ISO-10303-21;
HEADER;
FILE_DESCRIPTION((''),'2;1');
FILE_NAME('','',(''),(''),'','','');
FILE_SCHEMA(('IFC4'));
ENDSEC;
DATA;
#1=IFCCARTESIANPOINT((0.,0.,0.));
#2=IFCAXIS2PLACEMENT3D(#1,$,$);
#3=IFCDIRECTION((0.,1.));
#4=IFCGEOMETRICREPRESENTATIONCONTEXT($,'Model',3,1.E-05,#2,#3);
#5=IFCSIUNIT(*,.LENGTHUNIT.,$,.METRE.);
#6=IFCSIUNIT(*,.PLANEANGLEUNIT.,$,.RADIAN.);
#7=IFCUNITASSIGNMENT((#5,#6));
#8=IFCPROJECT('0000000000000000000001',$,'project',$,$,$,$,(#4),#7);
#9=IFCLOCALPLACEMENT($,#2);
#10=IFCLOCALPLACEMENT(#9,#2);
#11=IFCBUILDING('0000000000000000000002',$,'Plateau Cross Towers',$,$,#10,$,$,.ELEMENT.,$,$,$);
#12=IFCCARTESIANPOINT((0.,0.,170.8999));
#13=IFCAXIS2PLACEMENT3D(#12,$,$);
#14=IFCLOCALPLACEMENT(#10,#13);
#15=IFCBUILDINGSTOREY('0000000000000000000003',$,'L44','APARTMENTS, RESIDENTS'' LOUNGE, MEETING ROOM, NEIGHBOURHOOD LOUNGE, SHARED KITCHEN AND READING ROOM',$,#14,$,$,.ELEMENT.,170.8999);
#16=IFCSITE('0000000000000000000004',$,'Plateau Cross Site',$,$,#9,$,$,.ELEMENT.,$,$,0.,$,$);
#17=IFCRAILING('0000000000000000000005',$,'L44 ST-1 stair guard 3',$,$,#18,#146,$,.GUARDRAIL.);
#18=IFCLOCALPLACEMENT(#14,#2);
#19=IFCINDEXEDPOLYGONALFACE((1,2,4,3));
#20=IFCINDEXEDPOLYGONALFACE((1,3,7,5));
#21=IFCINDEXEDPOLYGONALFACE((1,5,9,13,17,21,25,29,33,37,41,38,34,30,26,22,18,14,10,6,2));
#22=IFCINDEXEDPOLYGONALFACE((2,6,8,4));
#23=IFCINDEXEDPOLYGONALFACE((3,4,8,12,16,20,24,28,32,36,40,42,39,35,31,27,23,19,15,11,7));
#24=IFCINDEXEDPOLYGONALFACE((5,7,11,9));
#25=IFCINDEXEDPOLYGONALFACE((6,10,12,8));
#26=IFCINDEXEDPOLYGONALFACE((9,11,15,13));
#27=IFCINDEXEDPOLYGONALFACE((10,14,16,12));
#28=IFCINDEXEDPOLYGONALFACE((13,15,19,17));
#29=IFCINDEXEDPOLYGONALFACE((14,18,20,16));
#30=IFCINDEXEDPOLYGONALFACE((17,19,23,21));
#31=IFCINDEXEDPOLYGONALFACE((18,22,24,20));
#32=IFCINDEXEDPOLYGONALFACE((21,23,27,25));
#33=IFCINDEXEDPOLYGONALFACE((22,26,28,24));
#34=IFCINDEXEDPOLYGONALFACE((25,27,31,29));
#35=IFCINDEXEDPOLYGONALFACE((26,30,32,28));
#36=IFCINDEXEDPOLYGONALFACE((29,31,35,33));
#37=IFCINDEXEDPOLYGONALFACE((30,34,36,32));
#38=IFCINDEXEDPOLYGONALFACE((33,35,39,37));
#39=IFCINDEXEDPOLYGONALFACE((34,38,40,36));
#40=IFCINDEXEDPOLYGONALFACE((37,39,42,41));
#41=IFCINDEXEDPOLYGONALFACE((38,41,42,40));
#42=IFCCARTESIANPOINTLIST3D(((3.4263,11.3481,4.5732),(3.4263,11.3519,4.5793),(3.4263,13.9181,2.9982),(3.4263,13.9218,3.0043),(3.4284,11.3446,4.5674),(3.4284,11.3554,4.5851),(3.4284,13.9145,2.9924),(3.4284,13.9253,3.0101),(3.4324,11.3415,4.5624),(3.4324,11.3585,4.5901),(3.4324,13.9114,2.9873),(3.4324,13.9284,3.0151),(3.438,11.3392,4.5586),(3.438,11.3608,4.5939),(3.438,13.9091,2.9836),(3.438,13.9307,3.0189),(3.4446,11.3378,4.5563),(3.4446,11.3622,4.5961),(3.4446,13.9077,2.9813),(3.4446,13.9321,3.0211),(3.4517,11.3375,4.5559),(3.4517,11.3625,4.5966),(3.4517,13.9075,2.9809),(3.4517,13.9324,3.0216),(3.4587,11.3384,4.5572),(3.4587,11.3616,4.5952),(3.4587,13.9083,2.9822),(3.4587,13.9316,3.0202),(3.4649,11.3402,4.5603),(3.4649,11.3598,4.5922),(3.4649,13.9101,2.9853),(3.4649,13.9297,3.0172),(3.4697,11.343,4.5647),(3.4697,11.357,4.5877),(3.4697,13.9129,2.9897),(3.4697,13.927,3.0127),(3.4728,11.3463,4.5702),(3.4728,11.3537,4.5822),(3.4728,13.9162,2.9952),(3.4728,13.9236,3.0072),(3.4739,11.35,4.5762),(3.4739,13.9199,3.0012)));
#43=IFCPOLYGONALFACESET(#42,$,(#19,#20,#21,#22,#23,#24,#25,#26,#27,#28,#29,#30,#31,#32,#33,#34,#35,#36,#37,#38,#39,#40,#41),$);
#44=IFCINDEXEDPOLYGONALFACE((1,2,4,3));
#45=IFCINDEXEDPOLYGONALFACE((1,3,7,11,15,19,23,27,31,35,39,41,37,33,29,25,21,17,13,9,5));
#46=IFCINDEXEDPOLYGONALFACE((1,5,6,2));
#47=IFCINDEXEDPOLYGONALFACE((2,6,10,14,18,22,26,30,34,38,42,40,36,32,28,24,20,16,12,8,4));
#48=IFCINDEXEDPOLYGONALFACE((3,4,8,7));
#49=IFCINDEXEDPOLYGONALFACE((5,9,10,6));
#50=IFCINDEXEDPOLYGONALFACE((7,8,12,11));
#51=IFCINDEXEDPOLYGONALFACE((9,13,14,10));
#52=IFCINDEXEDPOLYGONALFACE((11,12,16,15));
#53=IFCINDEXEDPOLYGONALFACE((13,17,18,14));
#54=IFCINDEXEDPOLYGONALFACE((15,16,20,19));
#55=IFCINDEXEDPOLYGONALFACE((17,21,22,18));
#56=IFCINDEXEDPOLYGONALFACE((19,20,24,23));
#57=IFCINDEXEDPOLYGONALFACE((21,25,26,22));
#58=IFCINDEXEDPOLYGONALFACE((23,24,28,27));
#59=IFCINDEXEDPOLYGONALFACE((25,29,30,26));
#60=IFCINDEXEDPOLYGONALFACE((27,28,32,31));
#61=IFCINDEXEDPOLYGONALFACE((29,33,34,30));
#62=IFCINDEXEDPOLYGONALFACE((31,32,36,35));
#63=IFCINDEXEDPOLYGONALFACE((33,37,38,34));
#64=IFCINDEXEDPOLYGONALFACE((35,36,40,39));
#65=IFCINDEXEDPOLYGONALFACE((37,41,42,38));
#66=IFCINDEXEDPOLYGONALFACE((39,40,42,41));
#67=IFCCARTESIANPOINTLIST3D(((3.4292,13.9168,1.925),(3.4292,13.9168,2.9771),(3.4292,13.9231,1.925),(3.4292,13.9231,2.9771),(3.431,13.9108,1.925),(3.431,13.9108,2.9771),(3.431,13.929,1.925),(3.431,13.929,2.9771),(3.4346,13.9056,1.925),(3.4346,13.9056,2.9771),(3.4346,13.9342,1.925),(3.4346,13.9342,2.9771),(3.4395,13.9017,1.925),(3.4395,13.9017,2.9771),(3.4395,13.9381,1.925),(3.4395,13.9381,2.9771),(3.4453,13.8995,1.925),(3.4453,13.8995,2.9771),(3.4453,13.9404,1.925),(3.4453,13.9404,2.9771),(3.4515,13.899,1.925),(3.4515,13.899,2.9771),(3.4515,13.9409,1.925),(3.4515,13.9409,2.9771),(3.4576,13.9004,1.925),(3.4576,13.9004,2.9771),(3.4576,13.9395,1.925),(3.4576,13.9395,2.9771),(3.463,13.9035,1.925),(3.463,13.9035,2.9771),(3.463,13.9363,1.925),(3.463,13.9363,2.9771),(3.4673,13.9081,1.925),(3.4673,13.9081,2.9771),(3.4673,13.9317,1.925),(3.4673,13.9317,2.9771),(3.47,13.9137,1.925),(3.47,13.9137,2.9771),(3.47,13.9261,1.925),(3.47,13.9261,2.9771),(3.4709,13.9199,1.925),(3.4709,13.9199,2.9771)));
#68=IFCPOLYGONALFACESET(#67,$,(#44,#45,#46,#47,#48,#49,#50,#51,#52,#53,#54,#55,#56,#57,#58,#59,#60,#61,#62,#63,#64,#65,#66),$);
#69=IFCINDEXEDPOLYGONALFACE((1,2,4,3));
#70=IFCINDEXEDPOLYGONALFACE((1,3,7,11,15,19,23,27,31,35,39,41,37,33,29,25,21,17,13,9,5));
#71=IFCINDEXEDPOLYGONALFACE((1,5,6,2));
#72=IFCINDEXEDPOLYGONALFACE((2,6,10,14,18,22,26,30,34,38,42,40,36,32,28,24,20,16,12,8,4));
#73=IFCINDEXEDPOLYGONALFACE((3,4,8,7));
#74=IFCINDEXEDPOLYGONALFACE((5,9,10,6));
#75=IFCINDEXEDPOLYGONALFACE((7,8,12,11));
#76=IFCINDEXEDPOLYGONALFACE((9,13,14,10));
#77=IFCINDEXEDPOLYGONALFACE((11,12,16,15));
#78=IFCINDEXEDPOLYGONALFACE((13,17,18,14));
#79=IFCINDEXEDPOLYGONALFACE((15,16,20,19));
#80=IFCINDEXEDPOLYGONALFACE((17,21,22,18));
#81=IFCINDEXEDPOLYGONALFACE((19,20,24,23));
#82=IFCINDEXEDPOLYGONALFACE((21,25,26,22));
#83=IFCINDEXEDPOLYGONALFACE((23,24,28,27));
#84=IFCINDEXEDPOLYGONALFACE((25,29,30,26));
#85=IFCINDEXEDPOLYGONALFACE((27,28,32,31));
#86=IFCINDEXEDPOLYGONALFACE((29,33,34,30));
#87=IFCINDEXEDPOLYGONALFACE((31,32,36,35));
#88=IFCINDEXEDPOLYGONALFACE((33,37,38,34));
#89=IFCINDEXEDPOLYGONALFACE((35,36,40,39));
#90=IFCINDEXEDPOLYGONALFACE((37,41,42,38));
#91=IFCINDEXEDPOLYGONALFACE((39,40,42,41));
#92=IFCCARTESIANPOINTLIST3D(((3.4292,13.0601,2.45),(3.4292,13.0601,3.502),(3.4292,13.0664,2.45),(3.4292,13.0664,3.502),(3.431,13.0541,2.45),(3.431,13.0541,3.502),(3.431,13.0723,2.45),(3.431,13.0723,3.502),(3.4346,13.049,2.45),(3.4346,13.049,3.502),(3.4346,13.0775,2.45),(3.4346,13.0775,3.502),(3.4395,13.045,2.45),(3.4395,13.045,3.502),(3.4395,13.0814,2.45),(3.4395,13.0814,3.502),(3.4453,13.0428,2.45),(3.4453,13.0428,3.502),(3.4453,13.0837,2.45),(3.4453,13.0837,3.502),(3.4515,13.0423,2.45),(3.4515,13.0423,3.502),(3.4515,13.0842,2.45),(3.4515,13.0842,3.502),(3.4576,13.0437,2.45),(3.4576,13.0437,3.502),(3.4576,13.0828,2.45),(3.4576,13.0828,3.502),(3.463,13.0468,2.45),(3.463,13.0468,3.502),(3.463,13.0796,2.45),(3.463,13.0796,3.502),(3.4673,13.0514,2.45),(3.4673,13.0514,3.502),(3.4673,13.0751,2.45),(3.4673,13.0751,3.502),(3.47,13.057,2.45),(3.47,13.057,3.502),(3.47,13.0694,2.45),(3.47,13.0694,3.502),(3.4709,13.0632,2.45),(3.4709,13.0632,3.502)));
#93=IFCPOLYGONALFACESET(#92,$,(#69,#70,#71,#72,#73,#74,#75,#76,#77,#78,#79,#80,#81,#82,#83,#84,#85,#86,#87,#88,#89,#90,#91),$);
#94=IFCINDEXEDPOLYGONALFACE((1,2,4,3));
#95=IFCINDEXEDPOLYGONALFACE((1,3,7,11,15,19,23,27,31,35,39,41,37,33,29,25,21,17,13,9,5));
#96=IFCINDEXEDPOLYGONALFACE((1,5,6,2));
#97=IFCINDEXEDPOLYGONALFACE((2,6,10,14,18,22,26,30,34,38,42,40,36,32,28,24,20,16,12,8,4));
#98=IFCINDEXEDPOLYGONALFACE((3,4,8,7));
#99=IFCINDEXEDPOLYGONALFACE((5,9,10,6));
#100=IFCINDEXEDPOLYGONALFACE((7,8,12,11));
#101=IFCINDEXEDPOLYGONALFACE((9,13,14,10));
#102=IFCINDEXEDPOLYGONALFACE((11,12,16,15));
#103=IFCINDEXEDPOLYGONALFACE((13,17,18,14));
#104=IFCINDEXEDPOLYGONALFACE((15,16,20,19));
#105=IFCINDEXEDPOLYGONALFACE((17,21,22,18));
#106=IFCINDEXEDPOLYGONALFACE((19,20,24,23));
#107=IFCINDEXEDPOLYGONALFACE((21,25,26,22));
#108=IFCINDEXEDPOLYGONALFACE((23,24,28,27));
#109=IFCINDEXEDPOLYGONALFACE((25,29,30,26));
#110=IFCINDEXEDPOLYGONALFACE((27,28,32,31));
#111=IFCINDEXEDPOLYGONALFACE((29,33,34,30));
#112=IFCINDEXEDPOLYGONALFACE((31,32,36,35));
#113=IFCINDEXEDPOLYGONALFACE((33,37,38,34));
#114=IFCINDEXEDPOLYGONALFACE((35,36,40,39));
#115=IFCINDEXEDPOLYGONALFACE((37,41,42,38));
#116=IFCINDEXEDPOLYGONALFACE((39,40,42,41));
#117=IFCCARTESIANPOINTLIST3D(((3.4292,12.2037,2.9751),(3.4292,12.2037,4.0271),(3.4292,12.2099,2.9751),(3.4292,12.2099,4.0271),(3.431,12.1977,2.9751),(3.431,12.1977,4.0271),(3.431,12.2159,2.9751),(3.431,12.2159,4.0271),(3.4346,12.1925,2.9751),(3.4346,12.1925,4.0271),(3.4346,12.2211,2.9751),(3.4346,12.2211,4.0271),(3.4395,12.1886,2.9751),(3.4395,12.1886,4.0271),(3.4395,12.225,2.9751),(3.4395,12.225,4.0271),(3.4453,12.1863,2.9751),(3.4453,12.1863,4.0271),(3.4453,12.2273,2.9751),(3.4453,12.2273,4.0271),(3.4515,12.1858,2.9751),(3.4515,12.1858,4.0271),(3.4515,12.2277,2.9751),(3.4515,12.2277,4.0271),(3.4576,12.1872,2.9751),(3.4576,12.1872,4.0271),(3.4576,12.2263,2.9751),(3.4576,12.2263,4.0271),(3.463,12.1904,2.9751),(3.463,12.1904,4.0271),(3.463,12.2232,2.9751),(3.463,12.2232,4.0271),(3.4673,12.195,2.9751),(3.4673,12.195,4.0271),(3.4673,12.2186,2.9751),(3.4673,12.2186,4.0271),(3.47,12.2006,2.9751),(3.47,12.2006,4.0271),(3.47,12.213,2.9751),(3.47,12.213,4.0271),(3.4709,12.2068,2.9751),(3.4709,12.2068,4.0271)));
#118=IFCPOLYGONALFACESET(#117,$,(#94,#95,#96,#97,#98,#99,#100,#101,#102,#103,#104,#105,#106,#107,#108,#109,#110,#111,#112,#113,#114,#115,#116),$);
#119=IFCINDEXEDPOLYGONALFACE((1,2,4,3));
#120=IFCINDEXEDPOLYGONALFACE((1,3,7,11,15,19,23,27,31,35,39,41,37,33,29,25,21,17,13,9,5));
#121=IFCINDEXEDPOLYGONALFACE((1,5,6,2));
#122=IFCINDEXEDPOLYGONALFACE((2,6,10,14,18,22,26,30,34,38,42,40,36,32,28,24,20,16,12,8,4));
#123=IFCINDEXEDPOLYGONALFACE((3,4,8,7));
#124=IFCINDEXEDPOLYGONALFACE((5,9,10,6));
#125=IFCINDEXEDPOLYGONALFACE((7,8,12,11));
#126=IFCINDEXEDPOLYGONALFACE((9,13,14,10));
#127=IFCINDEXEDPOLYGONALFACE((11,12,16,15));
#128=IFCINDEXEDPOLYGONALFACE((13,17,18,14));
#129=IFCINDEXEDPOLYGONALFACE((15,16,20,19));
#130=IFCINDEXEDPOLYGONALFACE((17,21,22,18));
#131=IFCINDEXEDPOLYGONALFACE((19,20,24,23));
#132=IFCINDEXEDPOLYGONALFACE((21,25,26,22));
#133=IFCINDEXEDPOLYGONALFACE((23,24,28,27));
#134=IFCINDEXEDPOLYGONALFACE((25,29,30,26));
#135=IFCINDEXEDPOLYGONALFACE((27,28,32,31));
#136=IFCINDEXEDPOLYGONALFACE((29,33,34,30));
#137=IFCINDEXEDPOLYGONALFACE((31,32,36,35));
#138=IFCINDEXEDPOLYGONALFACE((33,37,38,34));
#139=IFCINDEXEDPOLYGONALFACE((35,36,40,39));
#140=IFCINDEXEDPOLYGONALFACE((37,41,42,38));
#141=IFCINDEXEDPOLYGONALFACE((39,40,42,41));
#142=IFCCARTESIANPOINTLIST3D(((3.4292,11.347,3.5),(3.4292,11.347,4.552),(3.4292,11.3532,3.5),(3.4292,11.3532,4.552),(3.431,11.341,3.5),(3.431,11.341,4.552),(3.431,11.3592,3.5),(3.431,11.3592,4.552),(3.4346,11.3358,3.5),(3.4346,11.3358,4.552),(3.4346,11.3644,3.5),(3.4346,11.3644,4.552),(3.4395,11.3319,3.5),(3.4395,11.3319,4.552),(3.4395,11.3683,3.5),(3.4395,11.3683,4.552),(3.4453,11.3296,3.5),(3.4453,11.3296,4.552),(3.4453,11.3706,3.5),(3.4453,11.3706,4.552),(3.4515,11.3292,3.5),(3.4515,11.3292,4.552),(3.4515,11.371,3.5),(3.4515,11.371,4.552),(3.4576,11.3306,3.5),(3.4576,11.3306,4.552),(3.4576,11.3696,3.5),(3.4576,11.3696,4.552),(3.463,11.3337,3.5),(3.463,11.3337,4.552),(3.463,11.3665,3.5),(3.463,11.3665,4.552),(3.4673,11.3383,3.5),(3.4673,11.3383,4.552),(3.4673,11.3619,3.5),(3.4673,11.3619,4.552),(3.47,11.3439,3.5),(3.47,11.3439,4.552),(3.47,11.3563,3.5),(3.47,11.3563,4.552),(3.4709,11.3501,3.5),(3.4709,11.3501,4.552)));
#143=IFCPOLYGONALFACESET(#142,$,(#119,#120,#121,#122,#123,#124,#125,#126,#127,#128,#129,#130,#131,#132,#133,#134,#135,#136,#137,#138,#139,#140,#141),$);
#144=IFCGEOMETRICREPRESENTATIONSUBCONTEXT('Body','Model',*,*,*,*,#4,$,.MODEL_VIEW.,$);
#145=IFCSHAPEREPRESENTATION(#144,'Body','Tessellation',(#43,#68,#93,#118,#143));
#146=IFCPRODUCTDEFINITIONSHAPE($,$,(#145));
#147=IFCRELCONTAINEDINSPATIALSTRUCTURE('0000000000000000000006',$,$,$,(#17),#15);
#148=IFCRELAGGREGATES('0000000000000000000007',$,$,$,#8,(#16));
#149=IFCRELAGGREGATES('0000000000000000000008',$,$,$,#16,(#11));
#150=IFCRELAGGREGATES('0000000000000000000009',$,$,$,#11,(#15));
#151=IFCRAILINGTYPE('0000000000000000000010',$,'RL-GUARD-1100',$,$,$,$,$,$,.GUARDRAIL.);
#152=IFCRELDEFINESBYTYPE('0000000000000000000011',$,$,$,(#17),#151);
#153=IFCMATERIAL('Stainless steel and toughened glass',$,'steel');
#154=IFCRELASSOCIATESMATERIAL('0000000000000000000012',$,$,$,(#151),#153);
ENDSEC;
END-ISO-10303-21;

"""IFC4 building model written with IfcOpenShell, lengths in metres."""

from ifc_helpers import new_model, si_unit, direction, frame, origin, origin_2d, place, context, subcontext, project, spatial, circle, extrude, material, type_object, element, save


model = new_model("IFC4")

# Units and contexts
model_context = context("Model", 3, precision=1e-05, world=origin(), true_north=direction((0.0, 1.0)))
body_context = subcontext(model_context, "Body", "Model", "MODEL_VIEW")
ifc_project = project(units=[si_unit("LENGTHUNIT", "METRE"), si_unit("PLANEANGLEUNIT", "RADIAN")], contexts=[model_context])

# Site, building, storey
site_placement = place(None, origin())
site = spatial("IfcSite", under=ifc_project, at=site_placement, Name="Plateau Cross Site", CompositionType="ELEMENT", RefElevation=0.0)
building_placement = place(site_placement, origin())
building = spatial("IfcBuilding", under=site, at=building_placement, Name="Plateau Cross Towers", CompositionType="ELEMENT")
storey_placement = place(building_placement, frame((0.0, 0.0, 170.8999)))
storey = spatial("IfcBuildingStorey", under=building, at=storey_placement, Name="L44", Description="APARTMENTS, RESIDENTS' LOUNGE, MEETING ROOM, NEIGHBOURHOOD LOUNGE, SHARED KITCHEN AND READING ROOM", CompositionType="ELEMENT", Elevation=170.8999)

# Railing
ifc_material_1 = material(Name="Stainless steel and toughened glass", Category="steel")
railing_type_1 = type_object("IfcRailingType", Name="RL-GUARD-1100", PredefinedType="GUARDRAIL", material=ifc_material_1)
railing_1_placement = place(storey_placement, frame((3.45, 13.9199, 1.925)))
element("IfcRailing", 1, at=railing_1_placement, inside=storey, type_object=railing_type_1, Name="L44 ST-1 stair guard 3", PredefinedType="GUARDRAIL", context=body_context, shape_type="SweptSolid", body=[
    extrude(circle(Radius=0.0239, at=origin_2d()), frame((0.0, 0.0, 1.0762), z_axis=(0.0, -0.852616, 0.522537), x_axis=(1.0, 0.0, 0.0)), (0.0, 0.0, 1.0), 3.0142),
    extrude(circle(Radius=0.021, at=origin_2d()), origin(), (0.0, 0.0, 1.0), 1.052),
    extrude(circle(Radius=0.021, at=origin_2d()), frame((0.0, -0.8567, 0.5249)), (0.0, 0.0, 1.0), 1.052),
    extrude(circle(Radius=0.021, at=origin_2d()), frame((0.0, -1.7131, 1.05)), (0.0, 0.0, 1.0), 1.052),
    extrude(circle(Radius=0.021, at=origin_2d()), frame((0.0, -2.5698, 1.575)), (0.0, 0.0, 1.0), 1.052),
])

save(model, "model.ifc")
